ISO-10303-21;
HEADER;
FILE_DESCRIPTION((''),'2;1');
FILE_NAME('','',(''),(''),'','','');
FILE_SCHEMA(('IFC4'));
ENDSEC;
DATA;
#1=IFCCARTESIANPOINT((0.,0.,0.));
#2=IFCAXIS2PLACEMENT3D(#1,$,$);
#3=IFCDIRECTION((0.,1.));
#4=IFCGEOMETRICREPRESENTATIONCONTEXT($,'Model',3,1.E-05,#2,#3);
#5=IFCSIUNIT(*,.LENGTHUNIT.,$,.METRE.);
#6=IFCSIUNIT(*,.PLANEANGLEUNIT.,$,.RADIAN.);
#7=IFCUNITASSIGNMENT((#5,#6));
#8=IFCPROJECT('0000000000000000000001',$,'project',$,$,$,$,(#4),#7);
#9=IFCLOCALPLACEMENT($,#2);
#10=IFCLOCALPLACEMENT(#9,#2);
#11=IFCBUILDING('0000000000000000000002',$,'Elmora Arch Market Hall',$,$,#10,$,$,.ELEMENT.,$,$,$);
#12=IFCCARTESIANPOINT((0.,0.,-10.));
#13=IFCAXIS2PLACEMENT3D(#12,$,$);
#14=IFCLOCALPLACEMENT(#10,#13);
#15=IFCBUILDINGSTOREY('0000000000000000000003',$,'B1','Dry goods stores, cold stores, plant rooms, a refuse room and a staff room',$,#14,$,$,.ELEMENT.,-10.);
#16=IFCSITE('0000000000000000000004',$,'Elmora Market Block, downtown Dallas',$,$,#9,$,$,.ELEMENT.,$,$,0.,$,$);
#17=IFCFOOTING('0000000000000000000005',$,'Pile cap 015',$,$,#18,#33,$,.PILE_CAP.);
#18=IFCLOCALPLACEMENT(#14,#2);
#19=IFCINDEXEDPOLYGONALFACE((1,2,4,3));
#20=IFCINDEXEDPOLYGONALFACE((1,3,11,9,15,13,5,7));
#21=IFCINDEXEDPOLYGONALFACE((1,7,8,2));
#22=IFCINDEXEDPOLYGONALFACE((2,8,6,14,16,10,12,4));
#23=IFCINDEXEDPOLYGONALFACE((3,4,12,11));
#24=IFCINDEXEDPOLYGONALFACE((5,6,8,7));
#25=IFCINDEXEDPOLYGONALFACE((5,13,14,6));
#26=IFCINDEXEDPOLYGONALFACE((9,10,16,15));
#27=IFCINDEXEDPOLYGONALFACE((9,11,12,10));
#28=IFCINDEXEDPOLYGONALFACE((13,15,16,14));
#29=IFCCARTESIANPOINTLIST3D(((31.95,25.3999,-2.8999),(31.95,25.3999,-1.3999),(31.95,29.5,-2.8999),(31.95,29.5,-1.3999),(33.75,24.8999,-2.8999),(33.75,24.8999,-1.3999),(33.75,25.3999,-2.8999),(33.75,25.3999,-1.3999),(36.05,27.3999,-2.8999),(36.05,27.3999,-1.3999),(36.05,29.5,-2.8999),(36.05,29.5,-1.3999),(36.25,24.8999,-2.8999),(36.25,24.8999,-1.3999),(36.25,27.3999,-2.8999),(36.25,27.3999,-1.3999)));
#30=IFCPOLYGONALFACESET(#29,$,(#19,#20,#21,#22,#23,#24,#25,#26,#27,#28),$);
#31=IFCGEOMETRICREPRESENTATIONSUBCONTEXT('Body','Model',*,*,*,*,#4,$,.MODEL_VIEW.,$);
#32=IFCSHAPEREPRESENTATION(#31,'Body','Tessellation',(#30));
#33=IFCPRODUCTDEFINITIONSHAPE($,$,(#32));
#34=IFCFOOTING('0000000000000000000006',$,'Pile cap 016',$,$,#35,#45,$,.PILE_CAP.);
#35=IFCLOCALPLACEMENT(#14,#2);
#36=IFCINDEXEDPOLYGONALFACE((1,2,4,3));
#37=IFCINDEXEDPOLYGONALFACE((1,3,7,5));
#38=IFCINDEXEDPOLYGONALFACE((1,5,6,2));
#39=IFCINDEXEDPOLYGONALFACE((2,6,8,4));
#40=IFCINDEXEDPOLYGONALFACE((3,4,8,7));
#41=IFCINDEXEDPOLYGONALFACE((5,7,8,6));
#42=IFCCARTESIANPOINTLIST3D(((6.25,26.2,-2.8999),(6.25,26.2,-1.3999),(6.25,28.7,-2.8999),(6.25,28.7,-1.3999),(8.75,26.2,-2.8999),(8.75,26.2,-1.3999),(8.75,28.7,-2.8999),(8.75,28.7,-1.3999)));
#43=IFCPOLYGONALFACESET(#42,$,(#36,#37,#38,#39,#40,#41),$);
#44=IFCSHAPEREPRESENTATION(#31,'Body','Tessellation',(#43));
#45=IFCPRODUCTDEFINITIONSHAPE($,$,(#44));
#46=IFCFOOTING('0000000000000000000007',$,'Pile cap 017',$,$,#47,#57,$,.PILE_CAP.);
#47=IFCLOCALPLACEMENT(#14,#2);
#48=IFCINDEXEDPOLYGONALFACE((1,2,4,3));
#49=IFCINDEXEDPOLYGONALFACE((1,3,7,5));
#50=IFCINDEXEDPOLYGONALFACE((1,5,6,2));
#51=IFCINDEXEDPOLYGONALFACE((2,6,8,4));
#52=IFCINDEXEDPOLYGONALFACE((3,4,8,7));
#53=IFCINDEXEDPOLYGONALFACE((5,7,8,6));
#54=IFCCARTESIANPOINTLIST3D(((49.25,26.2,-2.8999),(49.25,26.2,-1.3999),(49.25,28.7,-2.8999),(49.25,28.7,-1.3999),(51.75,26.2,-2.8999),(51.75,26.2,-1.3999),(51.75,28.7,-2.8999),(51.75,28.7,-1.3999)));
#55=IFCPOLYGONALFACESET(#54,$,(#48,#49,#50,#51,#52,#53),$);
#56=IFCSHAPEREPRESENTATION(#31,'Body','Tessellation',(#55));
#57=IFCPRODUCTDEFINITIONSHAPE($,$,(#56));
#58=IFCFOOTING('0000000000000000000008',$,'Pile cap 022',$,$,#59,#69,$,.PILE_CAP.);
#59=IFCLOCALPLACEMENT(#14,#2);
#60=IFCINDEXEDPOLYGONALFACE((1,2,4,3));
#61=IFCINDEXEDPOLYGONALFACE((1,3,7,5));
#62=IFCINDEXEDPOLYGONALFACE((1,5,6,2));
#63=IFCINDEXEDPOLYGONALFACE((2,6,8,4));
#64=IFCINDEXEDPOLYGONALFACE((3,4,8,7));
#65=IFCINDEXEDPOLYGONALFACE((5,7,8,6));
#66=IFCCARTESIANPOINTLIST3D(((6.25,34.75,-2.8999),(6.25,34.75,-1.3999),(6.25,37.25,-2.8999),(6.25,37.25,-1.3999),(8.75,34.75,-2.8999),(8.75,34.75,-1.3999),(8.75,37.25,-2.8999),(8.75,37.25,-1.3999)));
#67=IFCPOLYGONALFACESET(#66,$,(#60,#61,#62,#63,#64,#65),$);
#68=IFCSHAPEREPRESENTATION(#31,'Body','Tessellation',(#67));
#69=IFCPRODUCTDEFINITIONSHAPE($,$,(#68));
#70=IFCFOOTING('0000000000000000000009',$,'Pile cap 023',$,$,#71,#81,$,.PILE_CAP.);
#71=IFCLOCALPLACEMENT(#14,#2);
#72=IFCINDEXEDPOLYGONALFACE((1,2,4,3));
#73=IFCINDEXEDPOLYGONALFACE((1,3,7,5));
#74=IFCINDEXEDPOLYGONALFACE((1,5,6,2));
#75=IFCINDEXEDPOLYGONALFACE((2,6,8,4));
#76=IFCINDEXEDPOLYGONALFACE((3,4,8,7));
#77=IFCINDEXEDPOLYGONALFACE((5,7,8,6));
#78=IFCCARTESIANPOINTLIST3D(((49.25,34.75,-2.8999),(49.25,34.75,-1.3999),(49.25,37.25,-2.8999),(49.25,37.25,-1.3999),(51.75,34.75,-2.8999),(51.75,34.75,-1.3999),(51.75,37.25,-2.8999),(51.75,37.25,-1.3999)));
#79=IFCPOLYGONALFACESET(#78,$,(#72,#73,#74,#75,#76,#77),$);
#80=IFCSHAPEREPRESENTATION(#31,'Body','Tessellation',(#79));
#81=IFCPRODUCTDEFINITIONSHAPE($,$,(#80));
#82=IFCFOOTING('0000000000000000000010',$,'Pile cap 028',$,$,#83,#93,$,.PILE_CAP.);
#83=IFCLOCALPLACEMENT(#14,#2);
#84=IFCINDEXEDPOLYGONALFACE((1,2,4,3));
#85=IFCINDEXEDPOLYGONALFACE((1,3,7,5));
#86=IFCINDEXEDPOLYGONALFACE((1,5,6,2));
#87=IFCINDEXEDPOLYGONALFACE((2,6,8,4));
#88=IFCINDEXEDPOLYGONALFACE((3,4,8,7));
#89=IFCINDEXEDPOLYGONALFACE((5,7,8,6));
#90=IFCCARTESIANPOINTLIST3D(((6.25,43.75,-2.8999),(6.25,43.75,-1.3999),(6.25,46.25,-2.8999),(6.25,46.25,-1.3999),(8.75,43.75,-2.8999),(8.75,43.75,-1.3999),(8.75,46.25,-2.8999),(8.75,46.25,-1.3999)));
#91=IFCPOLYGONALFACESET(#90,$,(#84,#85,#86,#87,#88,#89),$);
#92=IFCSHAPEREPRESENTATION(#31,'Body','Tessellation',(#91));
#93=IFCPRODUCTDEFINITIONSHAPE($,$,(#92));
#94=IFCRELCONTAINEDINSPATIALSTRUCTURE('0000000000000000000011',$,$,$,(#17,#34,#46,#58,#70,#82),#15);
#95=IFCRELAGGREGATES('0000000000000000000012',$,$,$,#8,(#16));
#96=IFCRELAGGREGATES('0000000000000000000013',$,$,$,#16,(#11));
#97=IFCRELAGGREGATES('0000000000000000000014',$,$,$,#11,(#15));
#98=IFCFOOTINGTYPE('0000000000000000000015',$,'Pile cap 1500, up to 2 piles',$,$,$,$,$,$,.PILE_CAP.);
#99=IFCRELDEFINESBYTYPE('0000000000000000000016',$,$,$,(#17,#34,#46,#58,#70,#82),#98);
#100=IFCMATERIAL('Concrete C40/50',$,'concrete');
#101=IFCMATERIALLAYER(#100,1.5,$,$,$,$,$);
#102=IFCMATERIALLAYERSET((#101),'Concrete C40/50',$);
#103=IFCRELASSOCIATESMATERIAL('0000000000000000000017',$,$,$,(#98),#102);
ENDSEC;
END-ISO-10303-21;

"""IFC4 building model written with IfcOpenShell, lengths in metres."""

from ifc_helpers import new_model, si_unit, direction, frame, origin, place, context, subcontext, project, spatial, polyline, outline, extrude, material, layer, layer_set, type_object, element, save


model = new_model("IFC4")

# Units and contexts
model_context = context("Model", 3, precision=1e-05, world=origin(), true_north=direction((0.0, 1.0)))
body_context = subcontext(model_context, "Body", "Model", "MODEL_VIEW")
ifc_project = project(units=[si_unit("LENGTHUNIT", "METRE"), si_unit("PLANEANGLEUNIT", "RADIAN")], contexts=[model_context])

# Site, building, storey
site_placement = place(None, origin())
site = spatial("IfcSite", under=ifc_project, at=site_placement, Name="Elmora Market Block, downtown Dallas", CompositionType="ELEMENT", RefElevation=0.0)
building_placement = place(site_placement, origin())
building = spatial("IfcBuilding", under=site, at=building_placement, Name="Elmora Arch Market Hall", CompositionType="ELEMENT")
storey_placement = place(building_placement, frame((0.0, 0.0, -10.0)))
storey = spatial("IfcBuildingStorey", under=building, at=storey_placement, Name="B1", Description="Dry goods stores, cold stores, plant rooms, a refuse room and a staff room", CompositionType="ELEMENT", Elevation=-10.0)

# Footings
ifc_material_1 = material(Name="Concrete C40/50", Category="concrete")
ifc_layer_1 = layer(ifc_material_1, 1.5)
ifc_layer_set_1 = layer_set([ifc_layer_1], Name="Concrete C40/50")
footing_type_1 = type_object("IfcFootingType", Name="Pile cap 1500, up to 2 piles", PredefinedType="PILE_CAP", material=ifc_layer_set_1)
footing_1_placement = place(storey_placement, frame((0.0, 0.0, -2.8999)))
element("IfcFooting", 1, at=footing_1_placement, inside=storey, type_object=footing_type_1, Name="Pile cap 015", PredefinedType="PILE_CAP", context=body_context, shape_type="SweptSolid", body=[
    extrude(outline(polyline([(31.95, 29.5), (36.05, 29.5), (36.05, 27.3999), (36.25, 27.3999), (36.25, 24.8999), (33.75, 24.8999), (33.75, 25.3999), (31.95, 25.3999), (31.95, 29.5)])), origin(), (0.0, 0.0, 1.0), 1.5),
])
footing_2_placement = place(storey_placement, frame((0.0, 0.0, -2.8999)))
element("IfcFooting", 2, at=footing_2_placement, inside=storey, type_object=footing_type_1, Name="Pile cap 016", PredefinedType="PILE_CAP", context=body_context, shape_type="SweptSolid", body=[
    extrude(outline(polyline([(8.75, 26.2), (6.25, 26.2), (6.25, 28.7), (8.75, 28.7), (8.75, 26.2)])), origin(), (0.0, 0.0, 1.0), 1.5),
])
footing_3_placement = place(storey_placement, frame((0.0, 0.0, -2.8999)))
element("IfcFooting", 3, at=footing_3_placement, inside=storey, type_object=footing_type_1, Name="Pile cap 017", PredefinedType="PILE_CAP", context=body_context, shape_type="SweptSolid", body=[
    extrude(outline(polyline([(51.75, 26.2), (49.25, 26.2), (49.25, 28.7), (51.75, 28.7), (51.75, 26.2)])), origin(), (0.0, 0.0, 1.0), 1.5),
])
footing_4_placement = place(storey_placement, frame((0.0, 0.0, -2.8999)))
element("IfcFooting", 4, at=footing_4_placement, inside=storey, type_object=footing_type_1, Name="Pile cap 022", PredefinedType="PILE_CAP", context=body_context, shape_type="SweptSolid", body=[
    extrude(outline(polyline([(8.75, 34.75), (6.25, 34.75), (6.25, 37.25), (8.75, 37.25), (8.75, 34.75)])), origin(), (0.0, 0.0, 1.0), 1.5),
])
footing_5_placement = place(storey_placement, frame((0.0, 0.0, -2.8999)))
element("IfcFooting", 5, at=footing_5_placement, inside=storey, type_object=footing_type_1, Name="Pile cap 023", PredefinedType="PILE_CAP", context=body_context, shape_type="SweptSolid", body=[
    extrude(outline(polyline([(51.75, 34.75), (49.25, 34.75), (49.25, 37.25), (51.75, 37.25), (51.75, 34.75)])), origin(), (0.0, 0.0, 1.0), 1.5),
])
footing_6_placement = place(storey_placement, frame((0.0, 0.0, -2.8999)))
element("IfcFooting", 6, at=footing_6_placement, inside=storey, type_object=footing_type_1, Name="Pile cap 028", PredefinedType="PILE_CAP", context=body_context, shape_type="SweptSolid", body=[
    extrude(outline(polyline([(8.75, 43.75), (6.25, 43.75), (6.25, 46.25), (8.75, 46.25), (8.75, 43.75)])), origin(), (0.0, 0.0, 1.0), 1.5),
])

save(model, "model.ifc")
